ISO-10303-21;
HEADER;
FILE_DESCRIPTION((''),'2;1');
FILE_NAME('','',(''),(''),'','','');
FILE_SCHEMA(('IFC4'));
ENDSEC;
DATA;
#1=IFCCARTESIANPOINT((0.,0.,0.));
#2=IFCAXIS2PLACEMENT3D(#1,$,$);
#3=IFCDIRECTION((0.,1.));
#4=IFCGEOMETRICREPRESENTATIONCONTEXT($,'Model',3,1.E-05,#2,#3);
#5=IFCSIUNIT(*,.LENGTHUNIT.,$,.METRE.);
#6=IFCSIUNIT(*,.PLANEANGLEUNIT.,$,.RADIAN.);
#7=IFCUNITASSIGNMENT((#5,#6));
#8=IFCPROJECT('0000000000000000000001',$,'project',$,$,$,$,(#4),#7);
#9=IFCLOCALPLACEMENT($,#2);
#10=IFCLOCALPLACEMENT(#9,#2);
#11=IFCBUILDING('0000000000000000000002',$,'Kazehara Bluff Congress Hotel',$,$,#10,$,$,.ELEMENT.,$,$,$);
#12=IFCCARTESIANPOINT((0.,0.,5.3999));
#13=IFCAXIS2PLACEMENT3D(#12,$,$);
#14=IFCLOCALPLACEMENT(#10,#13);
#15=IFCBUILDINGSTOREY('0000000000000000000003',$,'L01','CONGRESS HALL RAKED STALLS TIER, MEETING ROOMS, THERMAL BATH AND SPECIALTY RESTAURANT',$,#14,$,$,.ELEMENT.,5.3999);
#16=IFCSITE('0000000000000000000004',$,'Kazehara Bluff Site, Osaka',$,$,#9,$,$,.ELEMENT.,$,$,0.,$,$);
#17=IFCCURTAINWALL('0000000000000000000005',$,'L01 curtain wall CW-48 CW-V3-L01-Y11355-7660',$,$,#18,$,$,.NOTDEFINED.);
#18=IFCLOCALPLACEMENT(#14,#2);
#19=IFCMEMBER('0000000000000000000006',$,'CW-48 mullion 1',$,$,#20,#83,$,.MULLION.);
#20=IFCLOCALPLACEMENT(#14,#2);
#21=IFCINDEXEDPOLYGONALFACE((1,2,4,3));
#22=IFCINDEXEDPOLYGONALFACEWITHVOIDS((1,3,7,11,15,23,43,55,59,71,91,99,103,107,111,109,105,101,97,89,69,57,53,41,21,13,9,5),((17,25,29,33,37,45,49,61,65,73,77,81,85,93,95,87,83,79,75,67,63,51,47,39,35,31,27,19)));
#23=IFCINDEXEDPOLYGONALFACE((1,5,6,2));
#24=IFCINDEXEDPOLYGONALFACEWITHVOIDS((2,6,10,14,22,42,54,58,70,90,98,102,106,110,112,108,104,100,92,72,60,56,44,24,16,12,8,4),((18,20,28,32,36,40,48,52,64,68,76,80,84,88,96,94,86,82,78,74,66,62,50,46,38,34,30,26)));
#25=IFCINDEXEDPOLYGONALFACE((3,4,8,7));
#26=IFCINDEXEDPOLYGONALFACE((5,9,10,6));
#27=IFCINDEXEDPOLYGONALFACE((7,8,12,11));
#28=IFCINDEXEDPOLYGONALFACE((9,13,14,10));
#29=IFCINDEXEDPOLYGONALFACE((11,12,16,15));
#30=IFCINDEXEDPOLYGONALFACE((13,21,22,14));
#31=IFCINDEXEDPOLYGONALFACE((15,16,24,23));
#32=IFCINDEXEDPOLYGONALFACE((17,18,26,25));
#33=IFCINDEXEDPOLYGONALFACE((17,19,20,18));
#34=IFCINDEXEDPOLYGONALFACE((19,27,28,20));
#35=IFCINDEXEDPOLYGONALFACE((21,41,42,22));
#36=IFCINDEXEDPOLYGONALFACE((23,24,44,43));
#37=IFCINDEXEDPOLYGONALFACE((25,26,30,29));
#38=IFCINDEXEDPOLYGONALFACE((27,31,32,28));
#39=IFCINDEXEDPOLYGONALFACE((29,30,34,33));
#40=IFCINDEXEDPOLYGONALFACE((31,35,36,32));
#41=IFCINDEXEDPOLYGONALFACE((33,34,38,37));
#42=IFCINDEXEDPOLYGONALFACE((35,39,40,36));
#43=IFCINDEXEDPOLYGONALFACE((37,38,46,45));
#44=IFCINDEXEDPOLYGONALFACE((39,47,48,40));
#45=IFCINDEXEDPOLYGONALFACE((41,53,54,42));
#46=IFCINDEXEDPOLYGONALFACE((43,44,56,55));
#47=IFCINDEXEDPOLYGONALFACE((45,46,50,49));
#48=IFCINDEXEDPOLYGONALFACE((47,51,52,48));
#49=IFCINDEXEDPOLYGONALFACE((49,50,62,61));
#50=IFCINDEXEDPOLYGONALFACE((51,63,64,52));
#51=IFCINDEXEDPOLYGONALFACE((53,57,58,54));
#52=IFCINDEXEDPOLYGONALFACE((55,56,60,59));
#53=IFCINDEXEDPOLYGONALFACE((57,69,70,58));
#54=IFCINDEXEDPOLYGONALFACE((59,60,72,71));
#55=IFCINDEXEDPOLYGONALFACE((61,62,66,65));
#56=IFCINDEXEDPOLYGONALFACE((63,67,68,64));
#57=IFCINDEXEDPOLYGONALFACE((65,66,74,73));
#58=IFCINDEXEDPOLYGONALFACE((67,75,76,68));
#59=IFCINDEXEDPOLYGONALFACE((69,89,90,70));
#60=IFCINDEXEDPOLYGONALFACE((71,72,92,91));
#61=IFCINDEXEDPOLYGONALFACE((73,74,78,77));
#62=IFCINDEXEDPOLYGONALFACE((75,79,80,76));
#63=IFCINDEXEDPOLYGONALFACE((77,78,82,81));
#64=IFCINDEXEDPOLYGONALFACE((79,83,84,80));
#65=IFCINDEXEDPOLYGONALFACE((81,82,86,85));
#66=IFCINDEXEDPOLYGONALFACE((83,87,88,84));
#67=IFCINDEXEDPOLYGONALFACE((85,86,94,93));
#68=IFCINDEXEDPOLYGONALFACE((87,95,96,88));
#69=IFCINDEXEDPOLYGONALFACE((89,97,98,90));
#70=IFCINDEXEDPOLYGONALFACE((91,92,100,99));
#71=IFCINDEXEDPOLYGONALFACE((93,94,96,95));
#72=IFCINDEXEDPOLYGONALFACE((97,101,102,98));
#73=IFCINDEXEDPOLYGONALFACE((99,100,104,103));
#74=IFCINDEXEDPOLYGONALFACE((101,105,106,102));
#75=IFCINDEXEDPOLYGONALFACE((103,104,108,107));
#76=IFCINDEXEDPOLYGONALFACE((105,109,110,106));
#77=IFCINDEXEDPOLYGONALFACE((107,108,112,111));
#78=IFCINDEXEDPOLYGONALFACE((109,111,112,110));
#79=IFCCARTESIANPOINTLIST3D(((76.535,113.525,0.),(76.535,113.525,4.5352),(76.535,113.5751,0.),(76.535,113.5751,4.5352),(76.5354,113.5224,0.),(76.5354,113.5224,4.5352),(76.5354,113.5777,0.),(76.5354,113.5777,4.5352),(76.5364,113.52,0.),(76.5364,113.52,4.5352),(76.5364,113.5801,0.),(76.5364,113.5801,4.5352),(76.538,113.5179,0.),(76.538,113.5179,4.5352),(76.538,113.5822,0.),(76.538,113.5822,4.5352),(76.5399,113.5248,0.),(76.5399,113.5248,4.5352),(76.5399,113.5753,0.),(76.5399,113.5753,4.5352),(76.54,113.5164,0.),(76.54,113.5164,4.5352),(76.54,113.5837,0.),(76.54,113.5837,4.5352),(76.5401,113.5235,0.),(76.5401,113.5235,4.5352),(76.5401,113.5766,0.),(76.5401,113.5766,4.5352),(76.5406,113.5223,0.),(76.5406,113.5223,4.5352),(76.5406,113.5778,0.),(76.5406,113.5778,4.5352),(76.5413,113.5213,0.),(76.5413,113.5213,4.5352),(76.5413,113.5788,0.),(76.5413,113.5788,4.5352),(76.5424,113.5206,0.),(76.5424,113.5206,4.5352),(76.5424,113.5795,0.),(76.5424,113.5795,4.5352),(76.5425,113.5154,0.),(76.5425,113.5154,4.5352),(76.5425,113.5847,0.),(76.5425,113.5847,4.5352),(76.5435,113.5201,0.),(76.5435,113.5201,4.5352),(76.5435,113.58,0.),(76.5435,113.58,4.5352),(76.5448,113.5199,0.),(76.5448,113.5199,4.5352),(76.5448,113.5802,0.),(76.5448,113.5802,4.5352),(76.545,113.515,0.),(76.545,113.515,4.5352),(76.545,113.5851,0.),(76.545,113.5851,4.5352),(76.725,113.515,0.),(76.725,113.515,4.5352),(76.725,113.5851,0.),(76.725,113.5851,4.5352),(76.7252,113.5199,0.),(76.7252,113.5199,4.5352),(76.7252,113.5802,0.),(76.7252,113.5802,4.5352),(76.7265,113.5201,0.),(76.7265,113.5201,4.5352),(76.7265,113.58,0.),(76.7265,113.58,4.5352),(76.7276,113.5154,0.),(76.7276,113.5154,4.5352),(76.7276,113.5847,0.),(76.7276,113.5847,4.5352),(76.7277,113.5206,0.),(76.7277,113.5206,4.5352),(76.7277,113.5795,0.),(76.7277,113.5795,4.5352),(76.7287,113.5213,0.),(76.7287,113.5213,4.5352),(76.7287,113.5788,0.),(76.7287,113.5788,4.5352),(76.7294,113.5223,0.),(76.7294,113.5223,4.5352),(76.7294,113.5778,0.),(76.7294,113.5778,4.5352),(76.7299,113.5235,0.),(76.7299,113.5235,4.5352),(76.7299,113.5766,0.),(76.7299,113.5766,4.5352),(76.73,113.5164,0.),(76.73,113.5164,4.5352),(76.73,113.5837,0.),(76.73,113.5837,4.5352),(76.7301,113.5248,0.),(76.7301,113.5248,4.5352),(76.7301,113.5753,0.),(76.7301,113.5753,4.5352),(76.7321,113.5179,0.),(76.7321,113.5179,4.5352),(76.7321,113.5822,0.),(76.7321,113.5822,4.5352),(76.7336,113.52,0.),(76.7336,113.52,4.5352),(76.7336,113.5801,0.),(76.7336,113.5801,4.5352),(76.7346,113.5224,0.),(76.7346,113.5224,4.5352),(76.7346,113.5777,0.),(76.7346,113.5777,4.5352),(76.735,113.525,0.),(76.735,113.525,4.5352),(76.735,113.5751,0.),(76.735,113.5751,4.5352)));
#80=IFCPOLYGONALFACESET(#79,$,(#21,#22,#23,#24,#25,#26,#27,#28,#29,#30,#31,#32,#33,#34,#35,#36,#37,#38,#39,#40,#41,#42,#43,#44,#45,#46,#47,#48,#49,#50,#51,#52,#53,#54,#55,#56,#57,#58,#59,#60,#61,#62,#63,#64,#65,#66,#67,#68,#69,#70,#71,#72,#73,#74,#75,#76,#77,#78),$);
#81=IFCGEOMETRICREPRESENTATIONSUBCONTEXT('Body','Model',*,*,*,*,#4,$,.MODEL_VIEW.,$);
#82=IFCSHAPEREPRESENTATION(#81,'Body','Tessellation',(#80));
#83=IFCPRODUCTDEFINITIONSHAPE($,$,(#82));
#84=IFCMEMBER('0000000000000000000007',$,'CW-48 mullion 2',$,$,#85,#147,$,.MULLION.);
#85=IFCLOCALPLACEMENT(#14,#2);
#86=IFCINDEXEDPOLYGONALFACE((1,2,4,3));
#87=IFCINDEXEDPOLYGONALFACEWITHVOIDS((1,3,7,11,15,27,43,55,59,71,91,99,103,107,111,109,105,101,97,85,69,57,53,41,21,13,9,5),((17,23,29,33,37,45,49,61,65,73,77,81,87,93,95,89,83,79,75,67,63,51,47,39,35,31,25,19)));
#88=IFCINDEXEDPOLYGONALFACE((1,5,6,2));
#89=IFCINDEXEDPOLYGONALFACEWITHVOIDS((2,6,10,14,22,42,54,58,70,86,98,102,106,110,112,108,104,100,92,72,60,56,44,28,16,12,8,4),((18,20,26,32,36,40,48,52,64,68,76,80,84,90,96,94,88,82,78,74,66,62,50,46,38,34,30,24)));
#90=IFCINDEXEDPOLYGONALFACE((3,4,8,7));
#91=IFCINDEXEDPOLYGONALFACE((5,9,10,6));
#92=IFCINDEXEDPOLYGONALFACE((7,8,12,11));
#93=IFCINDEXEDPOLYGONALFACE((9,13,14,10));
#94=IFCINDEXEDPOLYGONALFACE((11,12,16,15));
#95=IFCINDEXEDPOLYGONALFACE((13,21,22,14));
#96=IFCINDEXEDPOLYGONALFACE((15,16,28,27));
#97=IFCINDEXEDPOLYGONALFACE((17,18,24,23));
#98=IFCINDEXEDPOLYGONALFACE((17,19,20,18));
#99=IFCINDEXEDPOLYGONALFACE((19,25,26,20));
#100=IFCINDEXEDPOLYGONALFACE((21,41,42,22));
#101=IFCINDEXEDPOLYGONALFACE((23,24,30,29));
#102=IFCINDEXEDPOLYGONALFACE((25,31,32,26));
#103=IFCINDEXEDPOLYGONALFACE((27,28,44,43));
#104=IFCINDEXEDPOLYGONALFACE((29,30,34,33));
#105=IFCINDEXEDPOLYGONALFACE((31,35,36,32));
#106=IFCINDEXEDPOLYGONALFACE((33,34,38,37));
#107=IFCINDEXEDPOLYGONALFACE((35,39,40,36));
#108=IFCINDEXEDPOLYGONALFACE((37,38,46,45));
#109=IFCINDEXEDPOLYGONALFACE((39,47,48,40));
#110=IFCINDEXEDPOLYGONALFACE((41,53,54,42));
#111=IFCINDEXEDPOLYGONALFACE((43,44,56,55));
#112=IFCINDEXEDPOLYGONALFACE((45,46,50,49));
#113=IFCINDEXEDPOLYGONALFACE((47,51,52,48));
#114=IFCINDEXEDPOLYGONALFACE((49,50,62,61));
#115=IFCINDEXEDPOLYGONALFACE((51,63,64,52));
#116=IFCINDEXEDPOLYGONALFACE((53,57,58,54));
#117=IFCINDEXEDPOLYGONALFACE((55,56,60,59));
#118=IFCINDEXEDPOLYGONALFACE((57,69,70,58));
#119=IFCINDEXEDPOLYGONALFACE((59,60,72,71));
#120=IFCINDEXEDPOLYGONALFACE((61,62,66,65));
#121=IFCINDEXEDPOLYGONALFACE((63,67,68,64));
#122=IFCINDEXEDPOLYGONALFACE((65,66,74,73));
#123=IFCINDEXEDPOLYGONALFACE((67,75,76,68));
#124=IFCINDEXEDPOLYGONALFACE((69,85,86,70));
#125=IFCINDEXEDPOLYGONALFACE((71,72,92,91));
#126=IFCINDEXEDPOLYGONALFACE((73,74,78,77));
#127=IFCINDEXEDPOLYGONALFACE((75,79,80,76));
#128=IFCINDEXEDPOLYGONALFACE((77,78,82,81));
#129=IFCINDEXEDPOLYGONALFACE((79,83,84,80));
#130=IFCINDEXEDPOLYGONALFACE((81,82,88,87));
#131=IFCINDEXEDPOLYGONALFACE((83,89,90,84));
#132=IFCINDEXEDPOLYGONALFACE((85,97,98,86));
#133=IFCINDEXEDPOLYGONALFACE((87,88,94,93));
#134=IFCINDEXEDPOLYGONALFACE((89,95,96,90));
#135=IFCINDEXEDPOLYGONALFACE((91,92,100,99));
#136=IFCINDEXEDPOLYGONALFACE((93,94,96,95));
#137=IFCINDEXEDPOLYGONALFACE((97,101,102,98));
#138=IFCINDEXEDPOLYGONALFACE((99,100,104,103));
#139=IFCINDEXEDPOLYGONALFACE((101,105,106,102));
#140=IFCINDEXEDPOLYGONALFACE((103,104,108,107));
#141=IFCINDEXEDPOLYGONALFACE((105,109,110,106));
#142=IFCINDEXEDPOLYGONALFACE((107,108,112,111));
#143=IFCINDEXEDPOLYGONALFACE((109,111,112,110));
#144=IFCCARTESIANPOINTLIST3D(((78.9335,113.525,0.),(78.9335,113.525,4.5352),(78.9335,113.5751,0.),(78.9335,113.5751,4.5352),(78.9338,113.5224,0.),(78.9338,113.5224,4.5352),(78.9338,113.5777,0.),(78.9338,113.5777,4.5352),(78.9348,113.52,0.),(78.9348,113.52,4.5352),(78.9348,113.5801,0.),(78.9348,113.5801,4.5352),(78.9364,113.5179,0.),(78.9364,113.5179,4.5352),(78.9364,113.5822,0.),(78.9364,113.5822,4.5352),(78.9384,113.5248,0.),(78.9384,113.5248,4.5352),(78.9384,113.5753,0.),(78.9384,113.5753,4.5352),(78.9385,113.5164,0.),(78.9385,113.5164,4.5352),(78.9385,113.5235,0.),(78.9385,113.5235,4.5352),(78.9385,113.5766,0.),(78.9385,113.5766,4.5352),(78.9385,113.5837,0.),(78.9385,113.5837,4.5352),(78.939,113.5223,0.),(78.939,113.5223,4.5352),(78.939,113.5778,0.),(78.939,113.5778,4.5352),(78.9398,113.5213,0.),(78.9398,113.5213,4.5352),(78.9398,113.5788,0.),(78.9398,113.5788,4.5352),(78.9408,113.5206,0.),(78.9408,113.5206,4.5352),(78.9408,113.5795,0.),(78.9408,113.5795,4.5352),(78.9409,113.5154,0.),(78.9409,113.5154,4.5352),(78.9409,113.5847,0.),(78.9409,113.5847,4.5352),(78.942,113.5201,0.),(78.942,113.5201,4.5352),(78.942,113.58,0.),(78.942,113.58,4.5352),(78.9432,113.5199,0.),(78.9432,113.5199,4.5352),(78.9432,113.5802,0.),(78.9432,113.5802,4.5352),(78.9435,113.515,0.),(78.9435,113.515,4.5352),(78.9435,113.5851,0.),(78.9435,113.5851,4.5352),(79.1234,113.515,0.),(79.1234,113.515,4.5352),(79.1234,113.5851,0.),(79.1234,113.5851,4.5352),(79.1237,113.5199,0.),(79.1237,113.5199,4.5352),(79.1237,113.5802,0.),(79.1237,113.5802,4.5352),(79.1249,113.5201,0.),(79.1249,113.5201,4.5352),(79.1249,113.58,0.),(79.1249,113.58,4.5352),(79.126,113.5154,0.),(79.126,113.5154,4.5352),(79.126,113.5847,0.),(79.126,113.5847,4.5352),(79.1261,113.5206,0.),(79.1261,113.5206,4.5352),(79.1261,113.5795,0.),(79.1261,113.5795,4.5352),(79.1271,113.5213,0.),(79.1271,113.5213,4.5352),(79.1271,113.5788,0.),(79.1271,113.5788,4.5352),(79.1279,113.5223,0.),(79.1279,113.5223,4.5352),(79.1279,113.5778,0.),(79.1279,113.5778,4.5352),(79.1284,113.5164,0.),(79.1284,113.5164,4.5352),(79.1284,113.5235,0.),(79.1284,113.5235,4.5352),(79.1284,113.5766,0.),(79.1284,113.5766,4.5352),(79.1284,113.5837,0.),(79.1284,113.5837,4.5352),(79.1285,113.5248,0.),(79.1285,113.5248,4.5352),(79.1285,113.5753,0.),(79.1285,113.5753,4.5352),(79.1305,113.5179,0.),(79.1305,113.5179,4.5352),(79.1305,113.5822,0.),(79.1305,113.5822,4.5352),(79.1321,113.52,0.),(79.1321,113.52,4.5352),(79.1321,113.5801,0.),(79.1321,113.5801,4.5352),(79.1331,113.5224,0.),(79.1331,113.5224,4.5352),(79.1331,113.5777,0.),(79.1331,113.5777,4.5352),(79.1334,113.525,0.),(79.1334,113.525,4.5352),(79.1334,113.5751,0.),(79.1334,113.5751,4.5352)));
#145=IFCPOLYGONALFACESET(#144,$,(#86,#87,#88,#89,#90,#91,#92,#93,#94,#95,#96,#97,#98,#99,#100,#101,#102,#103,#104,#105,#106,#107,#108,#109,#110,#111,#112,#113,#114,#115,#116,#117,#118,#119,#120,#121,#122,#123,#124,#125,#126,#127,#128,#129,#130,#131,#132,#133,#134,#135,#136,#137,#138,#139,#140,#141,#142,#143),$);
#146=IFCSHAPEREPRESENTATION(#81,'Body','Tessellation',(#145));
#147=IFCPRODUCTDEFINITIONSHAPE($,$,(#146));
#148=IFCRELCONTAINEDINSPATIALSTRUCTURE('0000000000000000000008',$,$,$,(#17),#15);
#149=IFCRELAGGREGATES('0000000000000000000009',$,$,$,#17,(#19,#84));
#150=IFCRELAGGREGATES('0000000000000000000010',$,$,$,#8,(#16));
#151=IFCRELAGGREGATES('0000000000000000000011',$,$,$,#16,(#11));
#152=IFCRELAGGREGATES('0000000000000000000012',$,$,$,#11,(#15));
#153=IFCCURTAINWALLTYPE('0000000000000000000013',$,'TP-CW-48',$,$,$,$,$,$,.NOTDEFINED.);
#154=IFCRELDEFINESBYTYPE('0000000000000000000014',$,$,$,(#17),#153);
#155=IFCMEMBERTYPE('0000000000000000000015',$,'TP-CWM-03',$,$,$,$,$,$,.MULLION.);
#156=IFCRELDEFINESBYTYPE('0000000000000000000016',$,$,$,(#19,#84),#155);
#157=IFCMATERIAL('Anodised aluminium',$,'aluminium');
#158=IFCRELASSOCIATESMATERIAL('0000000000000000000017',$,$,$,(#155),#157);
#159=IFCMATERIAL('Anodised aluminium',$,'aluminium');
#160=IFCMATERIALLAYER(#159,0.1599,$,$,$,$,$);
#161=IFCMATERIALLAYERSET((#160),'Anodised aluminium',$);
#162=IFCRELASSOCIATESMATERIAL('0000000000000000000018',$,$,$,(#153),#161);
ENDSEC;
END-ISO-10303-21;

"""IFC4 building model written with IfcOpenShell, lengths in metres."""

from ifc_helpers import new_model, si_unit, direction, frame, origin, origin_2d, place, context, subcontext, project, spatial, hollow_rectangle, extrude, material, layer, layer_set, material_profile, profile_set, type_object, element, aggregate, save


model = new_model("IFC4")

# Units and contexts
model_context = context("Model", 3, precision=1e-05, world=origin(), true_north=direction((0.0, 1.0)))
body_context = subcontext(model_context, "Body", "Model", "MODEL_VIEW")
ifc_project = project(units=[si_unit("LENGTHUNIT", "METRE"), si_unit("PLANEANGLEUNIT", "RADIAN")], contexts=[model_context])

# Site, building, storey
site_placement = place(None, origin())
site = spatial("IfcSite", under=ifc_project, at=site_placement, Name="Kazehara Bluff Site, Osaka", CompositionType="ELEMENT", RefElevation=0.0)
building_placement = place(site_placement, origin())
building = spatial("IfcBuilding", under=site, at=building_placement, Name="Kazehara Bluff Congress Hotel", CompositionType="ELEMENT")
storey_placement = place(building_placement, frame((0.0, 0.0, 5.3999)))
storey = spatial("IfcBuildingStorey", under=building, at=storey_placement, Name="L01", Description="CONGRESS HALL RAKED STALLS TIER, MEETING ROOMS, THERMAL BATH AND SPECIALTY RESTAURANT", CompositionType="ELEMENT", Elevation=5.3999)

# Curtain wall, members
ifc_material_1 = material(Name="Anodised aluminium", Category="aluminium")
ifc_material_profile_1 = material_profile(ifc_material_1, hollow_rectangle(XDim=0.0701, YDim=0.2, WallThickness=0.0049, InnerFilletRadius=0.0049, OuterFilletRadius=0.01, at=origin_2d()))
ifc_profile_set_1 = profile_set([ifc_material_profile_1], Name="Anodised aluminium")
member_type_1 = type_object("IfcMemberType", Name="TP-CWM-03", PredefinedType="MULLION", material=ifc_profile_set_1)
ifc_material_2 = material(Name="Anodised aluminium", Category="aluminium")
ifc_layer_1 = layer(ifc_material_2, 0.1599)
ifc_layer_set_1 = layer_set([ifc_layer_1], Name="Anodised aluminium")
curtain_wall_type_1 = type_object("IfcCurtainWallType", Name="TP-CW-48", PredefinedType="NOTDEFINED", material=ifc_layer_set_1)
curtain_wall_1_placement = place(storey_placement, origin())
curtain_wall_1 = element("IfcCurtainWall", 1, at=curtain_wall_1_placement, inside=storey, type_object=curtain_wall_type_1, Name="L01 curtain wall CW-48 CW-V3-L01-Y11355-7660", PredefinedType="NOTDEFINED")
member_1_placement = place(storey_placement, frame((76.635, 113.55, 0.0), z_axis=(0.0, 0.0, 1.0), x_axis=(0.0, 1.0, 0.0)))
member_1 = element("IfcMember", 2, at=member_1_placement, type_object=member_type_1, Name="CW-48 mullion 1", PredefinedType="MULLION", context=body_context, shape_type="SweptSolid", body=[
    extrude(hollow_rectangle(XDim=0.0701, YDim=0.2, WallThickness=0.0049, InnerFilletRadius=0.0049, OuterFilletRadius=0.01, at=origin_2d()), origin(), (0.0, 0.0, 1.0), 4.5352),
])
member_2_placement = place(storey_placement, frame((79.0334, 113.55, 0.0), z_axis=(0.0, 0.0, 1.0), x_axis=(0.0, 1.0, 0.0)))
member_2 = element("IfcMember", 3, at=member_2_placement, type_object=member_type_1, Name="CW-48 mullion 2", PredefinedType="MULLION", context=body_context, shape_type="SweptSolid", body=[
    extrude(hollow_rectangle(XDim=0.0701, YDim=0.2, WallThickness=0.0049, InnerFilletRadius=0.0049, OuterFilletRadius=0.01, at=origin_2d()), origin(), (0.0, 0.0, 1.0), 4.5352),
])

aggregate(curtain_wall_1, [member_1, member_2])

save(model, "model.ifc")
